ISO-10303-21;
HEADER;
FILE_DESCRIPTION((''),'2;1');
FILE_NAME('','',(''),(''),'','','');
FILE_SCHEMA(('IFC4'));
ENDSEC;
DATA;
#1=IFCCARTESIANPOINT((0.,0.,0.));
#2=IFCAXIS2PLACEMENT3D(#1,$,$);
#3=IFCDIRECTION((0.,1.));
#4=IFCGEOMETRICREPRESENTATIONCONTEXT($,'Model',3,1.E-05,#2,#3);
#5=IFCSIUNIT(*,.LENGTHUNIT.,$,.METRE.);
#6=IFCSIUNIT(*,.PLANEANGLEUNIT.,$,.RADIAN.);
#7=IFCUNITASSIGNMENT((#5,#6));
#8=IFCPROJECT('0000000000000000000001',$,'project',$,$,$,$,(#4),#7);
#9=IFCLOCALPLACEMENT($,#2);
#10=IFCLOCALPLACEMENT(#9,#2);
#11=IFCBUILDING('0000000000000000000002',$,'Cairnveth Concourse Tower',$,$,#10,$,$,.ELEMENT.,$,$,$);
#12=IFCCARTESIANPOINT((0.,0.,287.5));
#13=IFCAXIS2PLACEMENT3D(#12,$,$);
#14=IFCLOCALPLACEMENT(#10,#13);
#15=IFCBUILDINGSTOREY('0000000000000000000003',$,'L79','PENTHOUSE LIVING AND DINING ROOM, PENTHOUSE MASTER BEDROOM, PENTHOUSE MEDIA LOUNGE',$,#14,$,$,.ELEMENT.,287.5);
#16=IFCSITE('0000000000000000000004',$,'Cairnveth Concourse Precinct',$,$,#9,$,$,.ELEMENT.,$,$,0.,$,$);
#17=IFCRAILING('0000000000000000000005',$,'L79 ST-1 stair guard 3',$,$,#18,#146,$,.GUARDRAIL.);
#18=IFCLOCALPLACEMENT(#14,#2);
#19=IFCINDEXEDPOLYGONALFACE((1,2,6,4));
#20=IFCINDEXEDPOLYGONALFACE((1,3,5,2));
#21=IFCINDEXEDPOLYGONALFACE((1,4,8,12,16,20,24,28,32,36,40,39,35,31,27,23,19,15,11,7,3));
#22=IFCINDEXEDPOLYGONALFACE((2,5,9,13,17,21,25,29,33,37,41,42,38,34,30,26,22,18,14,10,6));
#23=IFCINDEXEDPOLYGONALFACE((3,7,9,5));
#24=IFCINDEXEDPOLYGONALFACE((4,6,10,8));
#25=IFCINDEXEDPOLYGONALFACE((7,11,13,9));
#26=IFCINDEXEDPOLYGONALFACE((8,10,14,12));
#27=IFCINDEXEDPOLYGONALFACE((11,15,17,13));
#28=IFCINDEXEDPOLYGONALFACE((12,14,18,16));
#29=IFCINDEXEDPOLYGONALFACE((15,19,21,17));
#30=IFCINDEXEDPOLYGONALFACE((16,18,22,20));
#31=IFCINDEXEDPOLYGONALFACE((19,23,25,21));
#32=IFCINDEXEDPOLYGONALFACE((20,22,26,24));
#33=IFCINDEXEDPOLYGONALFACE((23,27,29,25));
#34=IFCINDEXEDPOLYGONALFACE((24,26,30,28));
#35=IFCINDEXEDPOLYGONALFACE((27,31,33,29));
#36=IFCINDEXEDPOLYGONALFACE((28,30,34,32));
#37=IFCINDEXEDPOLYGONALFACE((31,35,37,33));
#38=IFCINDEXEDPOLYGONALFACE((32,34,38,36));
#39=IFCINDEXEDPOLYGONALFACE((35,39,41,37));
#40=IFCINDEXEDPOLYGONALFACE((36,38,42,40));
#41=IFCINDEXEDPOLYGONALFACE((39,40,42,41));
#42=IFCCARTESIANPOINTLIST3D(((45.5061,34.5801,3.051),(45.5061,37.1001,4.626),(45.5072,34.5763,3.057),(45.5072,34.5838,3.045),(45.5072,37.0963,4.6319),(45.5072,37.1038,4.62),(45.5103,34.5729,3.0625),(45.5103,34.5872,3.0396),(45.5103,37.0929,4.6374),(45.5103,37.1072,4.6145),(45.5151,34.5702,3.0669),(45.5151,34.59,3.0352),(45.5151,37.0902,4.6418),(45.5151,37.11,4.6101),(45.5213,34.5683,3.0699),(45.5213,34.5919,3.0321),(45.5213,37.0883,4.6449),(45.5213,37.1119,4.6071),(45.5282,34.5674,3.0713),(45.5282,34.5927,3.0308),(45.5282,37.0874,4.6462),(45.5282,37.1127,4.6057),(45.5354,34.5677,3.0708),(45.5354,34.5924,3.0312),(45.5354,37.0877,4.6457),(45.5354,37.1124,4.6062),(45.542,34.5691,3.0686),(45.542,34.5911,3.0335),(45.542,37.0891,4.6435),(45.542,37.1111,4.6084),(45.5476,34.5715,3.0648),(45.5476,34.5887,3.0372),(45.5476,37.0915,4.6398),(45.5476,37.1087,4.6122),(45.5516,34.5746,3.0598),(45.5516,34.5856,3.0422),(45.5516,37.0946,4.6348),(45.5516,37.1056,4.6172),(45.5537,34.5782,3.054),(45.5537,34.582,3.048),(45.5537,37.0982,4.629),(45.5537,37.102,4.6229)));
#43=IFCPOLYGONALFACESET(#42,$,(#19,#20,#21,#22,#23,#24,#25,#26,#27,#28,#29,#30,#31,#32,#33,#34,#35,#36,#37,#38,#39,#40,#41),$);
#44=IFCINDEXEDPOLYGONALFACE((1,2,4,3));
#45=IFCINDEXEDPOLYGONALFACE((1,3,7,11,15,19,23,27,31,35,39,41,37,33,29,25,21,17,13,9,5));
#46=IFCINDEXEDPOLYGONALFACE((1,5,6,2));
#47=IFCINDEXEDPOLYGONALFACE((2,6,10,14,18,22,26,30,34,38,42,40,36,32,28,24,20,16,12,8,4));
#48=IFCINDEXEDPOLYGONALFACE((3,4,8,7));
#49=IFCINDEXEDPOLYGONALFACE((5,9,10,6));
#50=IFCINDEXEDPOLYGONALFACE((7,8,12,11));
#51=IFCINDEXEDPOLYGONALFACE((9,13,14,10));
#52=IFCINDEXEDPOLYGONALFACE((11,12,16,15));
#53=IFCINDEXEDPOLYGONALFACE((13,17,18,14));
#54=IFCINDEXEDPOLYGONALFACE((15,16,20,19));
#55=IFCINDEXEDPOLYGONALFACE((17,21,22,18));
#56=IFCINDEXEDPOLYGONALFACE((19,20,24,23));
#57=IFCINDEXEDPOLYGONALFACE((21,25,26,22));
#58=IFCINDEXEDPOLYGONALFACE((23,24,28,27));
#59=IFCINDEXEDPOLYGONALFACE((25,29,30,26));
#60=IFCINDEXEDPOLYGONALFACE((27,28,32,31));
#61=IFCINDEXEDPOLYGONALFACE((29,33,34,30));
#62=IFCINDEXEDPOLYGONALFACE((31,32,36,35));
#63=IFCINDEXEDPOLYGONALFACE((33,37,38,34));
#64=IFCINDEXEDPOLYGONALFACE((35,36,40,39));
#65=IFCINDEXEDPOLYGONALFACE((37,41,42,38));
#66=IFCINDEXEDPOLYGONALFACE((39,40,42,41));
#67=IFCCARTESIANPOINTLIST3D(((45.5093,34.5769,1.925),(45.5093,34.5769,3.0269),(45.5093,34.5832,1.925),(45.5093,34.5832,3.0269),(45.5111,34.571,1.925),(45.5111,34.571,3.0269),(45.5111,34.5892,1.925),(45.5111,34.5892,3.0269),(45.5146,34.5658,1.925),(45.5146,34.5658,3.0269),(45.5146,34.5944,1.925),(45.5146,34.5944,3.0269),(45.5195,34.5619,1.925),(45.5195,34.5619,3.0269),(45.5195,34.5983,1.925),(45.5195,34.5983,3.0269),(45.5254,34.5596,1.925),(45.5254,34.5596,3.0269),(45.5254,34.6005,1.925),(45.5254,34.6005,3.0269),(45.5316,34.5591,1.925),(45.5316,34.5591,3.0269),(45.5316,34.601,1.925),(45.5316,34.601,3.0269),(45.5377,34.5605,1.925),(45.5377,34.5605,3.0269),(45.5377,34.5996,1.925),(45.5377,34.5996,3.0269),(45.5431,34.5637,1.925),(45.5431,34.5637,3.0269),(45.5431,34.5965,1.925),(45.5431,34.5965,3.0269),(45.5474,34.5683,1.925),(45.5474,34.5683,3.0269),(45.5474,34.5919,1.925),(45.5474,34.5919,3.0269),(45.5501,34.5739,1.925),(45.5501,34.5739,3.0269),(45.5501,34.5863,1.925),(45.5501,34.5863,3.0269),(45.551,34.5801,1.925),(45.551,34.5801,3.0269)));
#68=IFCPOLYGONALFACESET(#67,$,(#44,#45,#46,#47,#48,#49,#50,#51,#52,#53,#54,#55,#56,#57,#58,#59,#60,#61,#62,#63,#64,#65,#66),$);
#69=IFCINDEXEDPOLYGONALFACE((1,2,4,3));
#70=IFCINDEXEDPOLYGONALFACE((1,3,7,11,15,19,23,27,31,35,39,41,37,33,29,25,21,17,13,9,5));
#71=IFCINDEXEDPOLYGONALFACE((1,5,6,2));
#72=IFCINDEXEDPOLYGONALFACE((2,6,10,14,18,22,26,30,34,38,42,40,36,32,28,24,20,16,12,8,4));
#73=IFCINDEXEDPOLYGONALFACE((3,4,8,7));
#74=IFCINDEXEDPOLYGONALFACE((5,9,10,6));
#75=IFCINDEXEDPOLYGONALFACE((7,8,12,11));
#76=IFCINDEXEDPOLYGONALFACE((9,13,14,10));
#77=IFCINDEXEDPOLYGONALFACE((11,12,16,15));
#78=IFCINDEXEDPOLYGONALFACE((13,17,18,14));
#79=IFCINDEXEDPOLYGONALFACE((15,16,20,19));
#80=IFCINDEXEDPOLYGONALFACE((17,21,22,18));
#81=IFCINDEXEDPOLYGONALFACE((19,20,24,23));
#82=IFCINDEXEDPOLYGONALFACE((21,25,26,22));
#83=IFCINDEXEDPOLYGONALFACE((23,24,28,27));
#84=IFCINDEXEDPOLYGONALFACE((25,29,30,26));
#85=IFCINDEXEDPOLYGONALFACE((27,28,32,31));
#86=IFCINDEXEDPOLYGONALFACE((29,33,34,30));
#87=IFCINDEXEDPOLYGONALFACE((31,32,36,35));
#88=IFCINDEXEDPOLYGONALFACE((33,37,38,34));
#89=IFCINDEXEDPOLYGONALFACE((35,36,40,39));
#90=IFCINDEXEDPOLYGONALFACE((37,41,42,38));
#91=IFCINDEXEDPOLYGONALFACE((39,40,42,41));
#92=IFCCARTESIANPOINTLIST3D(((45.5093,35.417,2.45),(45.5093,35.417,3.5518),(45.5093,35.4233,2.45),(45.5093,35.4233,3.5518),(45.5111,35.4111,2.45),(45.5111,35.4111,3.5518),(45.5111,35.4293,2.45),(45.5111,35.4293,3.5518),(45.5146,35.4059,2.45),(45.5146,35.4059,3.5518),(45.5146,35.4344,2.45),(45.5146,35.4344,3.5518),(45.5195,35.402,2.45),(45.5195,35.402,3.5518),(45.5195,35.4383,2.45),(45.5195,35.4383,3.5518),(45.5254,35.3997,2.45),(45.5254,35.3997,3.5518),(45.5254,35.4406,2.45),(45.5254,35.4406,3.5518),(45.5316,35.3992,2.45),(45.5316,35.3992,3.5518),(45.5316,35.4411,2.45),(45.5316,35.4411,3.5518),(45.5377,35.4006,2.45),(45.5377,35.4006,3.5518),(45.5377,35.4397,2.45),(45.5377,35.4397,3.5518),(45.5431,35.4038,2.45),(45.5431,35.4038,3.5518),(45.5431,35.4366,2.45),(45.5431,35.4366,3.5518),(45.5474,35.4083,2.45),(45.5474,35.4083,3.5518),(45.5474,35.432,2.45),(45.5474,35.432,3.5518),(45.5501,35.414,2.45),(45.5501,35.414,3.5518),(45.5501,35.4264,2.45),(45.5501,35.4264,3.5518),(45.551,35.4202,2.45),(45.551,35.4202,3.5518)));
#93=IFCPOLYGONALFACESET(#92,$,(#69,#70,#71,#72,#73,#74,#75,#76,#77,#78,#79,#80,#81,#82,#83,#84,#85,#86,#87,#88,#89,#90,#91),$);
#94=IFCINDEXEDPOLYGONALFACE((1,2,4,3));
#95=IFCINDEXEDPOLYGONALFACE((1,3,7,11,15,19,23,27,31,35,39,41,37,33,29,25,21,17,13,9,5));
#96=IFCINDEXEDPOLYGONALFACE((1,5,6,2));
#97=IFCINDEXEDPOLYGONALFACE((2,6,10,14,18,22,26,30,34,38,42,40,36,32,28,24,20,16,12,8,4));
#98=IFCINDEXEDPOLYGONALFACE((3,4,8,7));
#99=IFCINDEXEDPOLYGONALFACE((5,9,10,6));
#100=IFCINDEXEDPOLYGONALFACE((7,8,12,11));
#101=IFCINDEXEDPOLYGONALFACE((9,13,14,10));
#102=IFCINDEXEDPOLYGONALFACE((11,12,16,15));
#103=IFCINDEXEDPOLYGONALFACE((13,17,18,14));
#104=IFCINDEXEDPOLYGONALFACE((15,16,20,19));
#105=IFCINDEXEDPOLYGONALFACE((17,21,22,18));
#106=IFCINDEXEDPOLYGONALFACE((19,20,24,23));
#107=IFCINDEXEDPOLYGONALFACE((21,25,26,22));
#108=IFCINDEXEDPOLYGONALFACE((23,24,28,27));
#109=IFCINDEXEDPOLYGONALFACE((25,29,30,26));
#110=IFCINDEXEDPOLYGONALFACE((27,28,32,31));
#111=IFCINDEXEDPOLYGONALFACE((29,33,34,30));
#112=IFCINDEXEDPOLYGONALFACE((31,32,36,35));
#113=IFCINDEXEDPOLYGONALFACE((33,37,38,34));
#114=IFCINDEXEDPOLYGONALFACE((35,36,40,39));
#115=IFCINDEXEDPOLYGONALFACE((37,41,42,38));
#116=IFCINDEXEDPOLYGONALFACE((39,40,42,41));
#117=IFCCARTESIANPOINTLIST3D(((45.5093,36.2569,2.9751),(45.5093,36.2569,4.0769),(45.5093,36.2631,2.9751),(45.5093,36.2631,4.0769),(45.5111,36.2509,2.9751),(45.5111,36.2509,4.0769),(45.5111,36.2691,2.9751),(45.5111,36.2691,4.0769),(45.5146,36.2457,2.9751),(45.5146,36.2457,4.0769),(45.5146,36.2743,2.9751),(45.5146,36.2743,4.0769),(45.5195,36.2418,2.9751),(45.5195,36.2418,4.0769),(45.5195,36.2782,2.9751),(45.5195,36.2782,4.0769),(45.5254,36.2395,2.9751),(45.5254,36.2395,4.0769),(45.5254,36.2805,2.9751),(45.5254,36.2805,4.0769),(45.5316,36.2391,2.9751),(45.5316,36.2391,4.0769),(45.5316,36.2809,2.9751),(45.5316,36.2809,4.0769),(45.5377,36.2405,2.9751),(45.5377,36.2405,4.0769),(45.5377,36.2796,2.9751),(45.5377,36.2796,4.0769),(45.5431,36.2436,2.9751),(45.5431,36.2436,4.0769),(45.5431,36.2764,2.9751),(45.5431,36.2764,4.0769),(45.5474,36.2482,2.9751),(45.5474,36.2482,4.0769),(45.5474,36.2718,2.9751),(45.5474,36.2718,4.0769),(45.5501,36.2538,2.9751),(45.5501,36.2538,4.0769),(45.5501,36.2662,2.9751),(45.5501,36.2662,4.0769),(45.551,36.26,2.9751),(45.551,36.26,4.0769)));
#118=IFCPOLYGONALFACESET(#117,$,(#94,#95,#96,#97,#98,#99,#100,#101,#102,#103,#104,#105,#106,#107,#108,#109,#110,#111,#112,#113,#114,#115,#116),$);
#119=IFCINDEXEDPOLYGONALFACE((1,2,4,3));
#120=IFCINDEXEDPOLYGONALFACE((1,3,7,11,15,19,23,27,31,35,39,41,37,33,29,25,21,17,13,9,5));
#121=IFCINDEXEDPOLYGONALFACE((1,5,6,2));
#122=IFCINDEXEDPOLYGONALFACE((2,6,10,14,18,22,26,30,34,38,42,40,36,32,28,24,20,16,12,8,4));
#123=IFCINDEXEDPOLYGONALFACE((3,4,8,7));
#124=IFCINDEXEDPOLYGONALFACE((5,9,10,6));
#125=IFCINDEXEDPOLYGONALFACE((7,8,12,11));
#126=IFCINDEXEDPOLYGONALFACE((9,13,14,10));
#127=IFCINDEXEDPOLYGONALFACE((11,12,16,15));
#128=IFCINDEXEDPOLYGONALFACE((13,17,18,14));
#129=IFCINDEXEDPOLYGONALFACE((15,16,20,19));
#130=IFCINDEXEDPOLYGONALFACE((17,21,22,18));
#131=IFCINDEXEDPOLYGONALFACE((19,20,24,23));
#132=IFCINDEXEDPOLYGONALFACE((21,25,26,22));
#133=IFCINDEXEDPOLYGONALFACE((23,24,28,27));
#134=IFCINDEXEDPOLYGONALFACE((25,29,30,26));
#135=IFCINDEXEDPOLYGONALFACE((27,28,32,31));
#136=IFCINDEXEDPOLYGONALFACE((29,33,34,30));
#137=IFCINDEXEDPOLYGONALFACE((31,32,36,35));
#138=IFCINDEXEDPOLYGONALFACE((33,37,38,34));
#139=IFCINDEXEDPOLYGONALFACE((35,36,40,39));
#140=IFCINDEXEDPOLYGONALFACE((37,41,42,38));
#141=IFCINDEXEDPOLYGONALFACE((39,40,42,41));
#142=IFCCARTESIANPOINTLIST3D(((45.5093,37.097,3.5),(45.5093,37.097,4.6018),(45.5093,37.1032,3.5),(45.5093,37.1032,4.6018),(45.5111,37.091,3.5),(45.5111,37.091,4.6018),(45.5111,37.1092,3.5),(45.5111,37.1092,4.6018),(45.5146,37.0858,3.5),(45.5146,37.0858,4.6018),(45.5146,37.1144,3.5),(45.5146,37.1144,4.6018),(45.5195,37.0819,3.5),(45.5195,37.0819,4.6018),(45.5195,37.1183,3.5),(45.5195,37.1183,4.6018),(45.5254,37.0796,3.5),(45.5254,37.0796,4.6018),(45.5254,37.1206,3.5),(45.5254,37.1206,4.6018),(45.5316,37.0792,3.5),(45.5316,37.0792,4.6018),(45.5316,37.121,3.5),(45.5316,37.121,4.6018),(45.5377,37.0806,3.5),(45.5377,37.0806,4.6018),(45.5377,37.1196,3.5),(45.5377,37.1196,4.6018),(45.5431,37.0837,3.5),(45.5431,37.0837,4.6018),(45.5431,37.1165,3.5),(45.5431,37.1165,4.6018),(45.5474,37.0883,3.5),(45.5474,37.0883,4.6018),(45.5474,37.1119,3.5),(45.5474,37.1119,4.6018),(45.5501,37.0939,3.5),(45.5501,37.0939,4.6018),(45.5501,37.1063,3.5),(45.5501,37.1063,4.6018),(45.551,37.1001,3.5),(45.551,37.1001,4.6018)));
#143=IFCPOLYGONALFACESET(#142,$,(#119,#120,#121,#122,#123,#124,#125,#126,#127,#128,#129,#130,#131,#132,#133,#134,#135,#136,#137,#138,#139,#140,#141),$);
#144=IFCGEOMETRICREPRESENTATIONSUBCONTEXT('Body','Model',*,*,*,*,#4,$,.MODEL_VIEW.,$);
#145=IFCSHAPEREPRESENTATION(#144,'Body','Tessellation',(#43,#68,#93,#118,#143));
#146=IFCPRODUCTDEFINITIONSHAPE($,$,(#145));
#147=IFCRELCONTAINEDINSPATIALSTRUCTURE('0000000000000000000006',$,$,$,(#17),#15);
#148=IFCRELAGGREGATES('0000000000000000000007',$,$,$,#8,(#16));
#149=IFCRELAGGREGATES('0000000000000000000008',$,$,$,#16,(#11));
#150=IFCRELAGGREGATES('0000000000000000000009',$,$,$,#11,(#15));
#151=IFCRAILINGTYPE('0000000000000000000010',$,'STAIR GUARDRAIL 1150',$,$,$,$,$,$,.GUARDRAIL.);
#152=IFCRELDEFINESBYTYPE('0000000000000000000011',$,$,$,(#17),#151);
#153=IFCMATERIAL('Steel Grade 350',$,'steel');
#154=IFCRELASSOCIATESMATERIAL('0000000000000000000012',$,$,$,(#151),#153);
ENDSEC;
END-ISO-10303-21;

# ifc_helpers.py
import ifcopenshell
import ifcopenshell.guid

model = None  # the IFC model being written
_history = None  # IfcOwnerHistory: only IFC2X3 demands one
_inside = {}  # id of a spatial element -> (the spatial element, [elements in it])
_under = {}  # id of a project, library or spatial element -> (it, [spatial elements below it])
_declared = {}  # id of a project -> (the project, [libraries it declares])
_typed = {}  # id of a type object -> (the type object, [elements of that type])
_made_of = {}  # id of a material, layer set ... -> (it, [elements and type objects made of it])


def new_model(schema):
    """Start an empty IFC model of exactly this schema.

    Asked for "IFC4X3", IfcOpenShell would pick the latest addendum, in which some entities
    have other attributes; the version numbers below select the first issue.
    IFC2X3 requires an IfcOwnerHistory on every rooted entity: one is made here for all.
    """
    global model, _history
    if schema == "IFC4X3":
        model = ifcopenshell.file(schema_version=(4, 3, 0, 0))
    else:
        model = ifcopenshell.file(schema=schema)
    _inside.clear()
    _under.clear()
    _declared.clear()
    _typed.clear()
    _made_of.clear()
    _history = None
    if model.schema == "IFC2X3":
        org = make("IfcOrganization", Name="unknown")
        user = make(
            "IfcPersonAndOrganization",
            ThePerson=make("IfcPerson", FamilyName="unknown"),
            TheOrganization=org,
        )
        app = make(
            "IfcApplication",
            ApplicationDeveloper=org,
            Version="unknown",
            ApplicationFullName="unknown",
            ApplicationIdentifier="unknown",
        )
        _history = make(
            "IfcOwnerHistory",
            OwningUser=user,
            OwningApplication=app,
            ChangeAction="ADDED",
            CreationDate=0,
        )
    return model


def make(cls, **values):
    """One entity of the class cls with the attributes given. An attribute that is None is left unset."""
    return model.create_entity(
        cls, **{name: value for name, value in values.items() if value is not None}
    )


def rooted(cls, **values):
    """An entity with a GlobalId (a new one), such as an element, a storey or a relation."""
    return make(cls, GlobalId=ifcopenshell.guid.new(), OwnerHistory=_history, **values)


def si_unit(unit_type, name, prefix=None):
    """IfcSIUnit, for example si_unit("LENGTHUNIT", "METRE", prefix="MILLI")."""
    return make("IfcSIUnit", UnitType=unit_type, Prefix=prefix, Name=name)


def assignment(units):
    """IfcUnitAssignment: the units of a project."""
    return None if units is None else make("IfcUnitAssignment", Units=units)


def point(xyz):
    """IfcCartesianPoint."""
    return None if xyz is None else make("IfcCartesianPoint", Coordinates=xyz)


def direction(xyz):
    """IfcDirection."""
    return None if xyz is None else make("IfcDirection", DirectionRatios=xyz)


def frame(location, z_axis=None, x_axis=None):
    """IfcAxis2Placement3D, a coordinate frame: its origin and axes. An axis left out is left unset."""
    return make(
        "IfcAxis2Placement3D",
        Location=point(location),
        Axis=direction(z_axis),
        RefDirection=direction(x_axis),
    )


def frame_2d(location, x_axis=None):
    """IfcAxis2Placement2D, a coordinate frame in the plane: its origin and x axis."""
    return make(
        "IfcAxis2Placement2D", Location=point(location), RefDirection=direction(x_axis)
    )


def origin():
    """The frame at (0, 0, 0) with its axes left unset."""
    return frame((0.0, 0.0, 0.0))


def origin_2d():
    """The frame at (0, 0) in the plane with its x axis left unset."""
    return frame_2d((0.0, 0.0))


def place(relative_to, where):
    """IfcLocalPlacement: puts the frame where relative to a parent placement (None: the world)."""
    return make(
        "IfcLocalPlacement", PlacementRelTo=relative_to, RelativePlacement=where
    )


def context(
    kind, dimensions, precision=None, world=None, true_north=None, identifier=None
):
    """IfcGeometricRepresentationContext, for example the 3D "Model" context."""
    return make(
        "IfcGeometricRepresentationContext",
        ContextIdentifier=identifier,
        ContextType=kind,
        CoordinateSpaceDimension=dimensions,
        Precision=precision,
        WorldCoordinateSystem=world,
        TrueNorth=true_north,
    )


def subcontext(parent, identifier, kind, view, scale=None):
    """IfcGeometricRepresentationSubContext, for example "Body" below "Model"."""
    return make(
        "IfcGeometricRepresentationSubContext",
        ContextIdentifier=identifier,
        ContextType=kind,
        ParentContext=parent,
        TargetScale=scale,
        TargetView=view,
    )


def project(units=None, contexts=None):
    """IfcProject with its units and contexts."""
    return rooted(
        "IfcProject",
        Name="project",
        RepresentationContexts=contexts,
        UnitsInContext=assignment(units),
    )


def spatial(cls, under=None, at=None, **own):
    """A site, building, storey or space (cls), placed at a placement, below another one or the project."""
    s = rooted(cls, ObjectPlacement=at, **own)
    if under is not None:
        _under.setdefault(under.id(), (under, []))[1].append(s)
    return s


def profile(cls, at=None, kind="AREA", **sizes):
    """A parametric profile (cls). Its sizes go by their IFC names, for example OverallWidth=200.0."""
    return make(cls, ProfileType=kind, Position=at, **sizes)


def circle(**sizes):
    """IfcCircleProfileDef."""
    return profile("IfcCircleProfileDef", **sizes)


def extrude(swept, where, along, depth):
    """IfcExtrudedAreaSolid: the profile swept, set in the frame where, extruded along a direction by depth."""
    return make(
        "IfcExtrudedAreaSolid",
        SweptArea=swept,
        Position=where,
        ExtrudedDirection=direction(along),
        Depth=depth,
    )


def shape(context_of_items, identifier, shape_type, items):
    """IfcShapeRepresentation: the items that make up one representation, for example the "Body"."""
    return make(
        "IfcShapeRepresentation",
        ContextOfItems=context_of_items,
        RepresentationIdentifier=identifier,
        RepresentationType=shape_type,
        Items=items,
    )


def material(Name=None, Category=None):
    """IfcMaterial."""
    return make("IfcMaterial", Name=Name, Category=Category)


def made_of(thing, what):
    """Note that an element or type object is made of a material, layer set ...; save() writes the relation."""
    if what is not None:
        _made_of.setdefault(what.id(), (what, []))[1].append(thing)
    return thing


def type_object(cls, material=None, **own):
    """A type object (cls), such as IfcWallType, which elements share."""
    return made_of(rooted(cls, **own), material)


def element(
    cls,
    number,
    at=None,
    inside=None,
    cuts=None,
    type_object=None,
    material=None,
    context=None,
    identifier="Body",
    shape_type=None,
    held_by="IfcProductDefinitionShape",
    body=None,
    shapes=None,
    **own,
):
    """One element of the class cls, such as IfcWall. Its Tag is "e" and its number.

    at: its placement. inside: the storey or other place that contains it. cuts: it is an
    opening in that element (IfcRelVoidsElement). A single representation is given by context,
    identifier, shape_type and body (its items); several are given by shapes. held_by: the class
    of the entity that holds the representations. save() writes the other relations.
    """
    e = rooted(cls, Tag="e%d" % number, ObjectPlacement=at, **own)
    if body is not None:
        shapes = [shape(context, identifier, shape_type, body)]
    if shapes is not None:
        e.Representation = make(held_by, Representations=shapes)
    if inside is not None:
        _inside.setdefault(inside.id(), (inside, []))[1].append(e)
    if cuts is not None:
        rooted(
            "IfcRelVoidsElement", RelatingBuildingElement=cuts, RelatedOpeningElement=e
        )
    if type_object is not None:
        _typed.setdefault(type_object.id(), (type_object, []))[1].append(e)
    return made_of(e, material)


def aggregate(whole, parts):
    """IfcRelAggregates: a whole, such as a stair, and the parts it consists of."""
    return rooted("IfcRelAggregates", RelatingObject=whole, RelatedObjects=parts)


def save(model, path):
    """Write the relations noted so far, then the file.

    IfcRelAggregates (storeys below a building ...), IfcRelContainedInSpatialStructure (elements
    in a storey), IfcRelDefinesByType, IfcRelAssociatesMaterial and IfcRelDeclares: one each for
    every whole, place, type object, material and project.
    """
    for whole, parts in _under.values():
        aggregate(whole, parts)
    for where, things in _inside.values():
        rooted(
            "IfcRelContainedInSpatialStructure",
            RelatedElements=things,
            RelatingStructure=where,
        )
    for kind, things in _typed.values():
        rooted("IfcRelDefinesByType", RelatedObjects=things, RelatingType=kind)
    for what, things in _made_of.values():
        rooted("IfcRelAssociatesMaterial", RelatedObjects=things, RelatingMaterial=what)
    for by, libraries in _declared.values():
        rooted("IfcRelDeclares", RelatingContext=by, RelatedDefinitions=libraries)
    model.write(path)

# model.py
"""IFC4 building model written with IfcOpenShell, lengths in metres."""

from ifc_helpers import new_model, si_unit, direction, frame, origin, origin_2d, place, context, subcontext, project, spatial, circle, extrude, material, type_object, element, save


model = new_model("IFC4")

# Units and contexts
model_context = context("Model", 3, precision=1e-05, world=origin(), true_north=direction((0.0, 1.0)))
body_context = subcontext(model_context, "Body", "Model", "MODEL_VIEW")
ifc_project = project(units=[si_unit("LENGTHUNIT", "METRE"), si_unit("PLANEANGLEUNIT", "RADIAN")], contexts=[model_context])

# Site, building, storey
site_placement = place(None, origin())
site = spatial("IfcSite", under=ifc_project, at=site_placement, Name="Cairnveth Concourse Precinct", CompositionType="ELEMENT", RefElevation=0.0)
building_placement = place(site_placement, origin())
building = spatial("IfcBuilding", under=site, at=building_placement, Name="Cairnveth Concourse Tower", CompositionType="ELEMENT")
storey_placement = place(building_placement, frame((0.0, 0.0, 287.5)))
storey = spatial("IfcBuildingStorey", under=building, at=storey_placement, Name="L79", Description="PENTHOUSE LIVING AND DINING ROOM, PENTHOUSE MASTER BEDROOM, PENTHOUSE MEDIA LOUNGE", CompositionType="ELEMENT", Elevation=287.5)

# Shared definitions
ifc_material_1 = material(Name="Steel Grade 350", Category="steel")

# Railing
railing_type_1 = type_object("IfcRailingType", Name="STAIR GUARDRAIL 1150", PredefinedType="GUARDRAIL", material=ifc_material_1)
railing_1_placement = place(storey_placement, frame((45.53, 34.5801, 1.925)))
element("IfcRailing", 1, at=railing_1_placement, inside=storey, type_object=railing_type_1, Name="L79 ST-1 stair guard 3", PredefinedType="GUARDRAIL", context=body_context, shape_type="SweptSolid", body=[
    extrude(circle(Radius=0.0239, at=origin_2d()), frame((0.0, 0.0, 1.126), z_axis=(0.0, 0.848008, 0.529984), x_axis=(-1.0, 0.0, 0.0)), (0.0, 0.0, 1.0), 2.9717),
    extrude(circle(Radius=0.021, at=origin_2d()), origin(), (0.0, 0.0, 1.0), 1.1018),
    extrude(circle(Radius=0.021, at=origin_2d()), frame((0.0, 0.8401, 0.5249)), (0.0, 0.0, 1.0), 1.1018),
    extrude(circle(Radius=0.021, at=origin_2d()), frame((0.0, 1.6799, 1.05)), (0.0, 0.0, 1.0), 1.1018),
    extrude(circle(Radius=0.021, at=origin_2d()), frame((0.0, 2.52, 1.575)), (0.0, 0.0, 1.0), 1.1018),
])

save(model, "model.ifc")
